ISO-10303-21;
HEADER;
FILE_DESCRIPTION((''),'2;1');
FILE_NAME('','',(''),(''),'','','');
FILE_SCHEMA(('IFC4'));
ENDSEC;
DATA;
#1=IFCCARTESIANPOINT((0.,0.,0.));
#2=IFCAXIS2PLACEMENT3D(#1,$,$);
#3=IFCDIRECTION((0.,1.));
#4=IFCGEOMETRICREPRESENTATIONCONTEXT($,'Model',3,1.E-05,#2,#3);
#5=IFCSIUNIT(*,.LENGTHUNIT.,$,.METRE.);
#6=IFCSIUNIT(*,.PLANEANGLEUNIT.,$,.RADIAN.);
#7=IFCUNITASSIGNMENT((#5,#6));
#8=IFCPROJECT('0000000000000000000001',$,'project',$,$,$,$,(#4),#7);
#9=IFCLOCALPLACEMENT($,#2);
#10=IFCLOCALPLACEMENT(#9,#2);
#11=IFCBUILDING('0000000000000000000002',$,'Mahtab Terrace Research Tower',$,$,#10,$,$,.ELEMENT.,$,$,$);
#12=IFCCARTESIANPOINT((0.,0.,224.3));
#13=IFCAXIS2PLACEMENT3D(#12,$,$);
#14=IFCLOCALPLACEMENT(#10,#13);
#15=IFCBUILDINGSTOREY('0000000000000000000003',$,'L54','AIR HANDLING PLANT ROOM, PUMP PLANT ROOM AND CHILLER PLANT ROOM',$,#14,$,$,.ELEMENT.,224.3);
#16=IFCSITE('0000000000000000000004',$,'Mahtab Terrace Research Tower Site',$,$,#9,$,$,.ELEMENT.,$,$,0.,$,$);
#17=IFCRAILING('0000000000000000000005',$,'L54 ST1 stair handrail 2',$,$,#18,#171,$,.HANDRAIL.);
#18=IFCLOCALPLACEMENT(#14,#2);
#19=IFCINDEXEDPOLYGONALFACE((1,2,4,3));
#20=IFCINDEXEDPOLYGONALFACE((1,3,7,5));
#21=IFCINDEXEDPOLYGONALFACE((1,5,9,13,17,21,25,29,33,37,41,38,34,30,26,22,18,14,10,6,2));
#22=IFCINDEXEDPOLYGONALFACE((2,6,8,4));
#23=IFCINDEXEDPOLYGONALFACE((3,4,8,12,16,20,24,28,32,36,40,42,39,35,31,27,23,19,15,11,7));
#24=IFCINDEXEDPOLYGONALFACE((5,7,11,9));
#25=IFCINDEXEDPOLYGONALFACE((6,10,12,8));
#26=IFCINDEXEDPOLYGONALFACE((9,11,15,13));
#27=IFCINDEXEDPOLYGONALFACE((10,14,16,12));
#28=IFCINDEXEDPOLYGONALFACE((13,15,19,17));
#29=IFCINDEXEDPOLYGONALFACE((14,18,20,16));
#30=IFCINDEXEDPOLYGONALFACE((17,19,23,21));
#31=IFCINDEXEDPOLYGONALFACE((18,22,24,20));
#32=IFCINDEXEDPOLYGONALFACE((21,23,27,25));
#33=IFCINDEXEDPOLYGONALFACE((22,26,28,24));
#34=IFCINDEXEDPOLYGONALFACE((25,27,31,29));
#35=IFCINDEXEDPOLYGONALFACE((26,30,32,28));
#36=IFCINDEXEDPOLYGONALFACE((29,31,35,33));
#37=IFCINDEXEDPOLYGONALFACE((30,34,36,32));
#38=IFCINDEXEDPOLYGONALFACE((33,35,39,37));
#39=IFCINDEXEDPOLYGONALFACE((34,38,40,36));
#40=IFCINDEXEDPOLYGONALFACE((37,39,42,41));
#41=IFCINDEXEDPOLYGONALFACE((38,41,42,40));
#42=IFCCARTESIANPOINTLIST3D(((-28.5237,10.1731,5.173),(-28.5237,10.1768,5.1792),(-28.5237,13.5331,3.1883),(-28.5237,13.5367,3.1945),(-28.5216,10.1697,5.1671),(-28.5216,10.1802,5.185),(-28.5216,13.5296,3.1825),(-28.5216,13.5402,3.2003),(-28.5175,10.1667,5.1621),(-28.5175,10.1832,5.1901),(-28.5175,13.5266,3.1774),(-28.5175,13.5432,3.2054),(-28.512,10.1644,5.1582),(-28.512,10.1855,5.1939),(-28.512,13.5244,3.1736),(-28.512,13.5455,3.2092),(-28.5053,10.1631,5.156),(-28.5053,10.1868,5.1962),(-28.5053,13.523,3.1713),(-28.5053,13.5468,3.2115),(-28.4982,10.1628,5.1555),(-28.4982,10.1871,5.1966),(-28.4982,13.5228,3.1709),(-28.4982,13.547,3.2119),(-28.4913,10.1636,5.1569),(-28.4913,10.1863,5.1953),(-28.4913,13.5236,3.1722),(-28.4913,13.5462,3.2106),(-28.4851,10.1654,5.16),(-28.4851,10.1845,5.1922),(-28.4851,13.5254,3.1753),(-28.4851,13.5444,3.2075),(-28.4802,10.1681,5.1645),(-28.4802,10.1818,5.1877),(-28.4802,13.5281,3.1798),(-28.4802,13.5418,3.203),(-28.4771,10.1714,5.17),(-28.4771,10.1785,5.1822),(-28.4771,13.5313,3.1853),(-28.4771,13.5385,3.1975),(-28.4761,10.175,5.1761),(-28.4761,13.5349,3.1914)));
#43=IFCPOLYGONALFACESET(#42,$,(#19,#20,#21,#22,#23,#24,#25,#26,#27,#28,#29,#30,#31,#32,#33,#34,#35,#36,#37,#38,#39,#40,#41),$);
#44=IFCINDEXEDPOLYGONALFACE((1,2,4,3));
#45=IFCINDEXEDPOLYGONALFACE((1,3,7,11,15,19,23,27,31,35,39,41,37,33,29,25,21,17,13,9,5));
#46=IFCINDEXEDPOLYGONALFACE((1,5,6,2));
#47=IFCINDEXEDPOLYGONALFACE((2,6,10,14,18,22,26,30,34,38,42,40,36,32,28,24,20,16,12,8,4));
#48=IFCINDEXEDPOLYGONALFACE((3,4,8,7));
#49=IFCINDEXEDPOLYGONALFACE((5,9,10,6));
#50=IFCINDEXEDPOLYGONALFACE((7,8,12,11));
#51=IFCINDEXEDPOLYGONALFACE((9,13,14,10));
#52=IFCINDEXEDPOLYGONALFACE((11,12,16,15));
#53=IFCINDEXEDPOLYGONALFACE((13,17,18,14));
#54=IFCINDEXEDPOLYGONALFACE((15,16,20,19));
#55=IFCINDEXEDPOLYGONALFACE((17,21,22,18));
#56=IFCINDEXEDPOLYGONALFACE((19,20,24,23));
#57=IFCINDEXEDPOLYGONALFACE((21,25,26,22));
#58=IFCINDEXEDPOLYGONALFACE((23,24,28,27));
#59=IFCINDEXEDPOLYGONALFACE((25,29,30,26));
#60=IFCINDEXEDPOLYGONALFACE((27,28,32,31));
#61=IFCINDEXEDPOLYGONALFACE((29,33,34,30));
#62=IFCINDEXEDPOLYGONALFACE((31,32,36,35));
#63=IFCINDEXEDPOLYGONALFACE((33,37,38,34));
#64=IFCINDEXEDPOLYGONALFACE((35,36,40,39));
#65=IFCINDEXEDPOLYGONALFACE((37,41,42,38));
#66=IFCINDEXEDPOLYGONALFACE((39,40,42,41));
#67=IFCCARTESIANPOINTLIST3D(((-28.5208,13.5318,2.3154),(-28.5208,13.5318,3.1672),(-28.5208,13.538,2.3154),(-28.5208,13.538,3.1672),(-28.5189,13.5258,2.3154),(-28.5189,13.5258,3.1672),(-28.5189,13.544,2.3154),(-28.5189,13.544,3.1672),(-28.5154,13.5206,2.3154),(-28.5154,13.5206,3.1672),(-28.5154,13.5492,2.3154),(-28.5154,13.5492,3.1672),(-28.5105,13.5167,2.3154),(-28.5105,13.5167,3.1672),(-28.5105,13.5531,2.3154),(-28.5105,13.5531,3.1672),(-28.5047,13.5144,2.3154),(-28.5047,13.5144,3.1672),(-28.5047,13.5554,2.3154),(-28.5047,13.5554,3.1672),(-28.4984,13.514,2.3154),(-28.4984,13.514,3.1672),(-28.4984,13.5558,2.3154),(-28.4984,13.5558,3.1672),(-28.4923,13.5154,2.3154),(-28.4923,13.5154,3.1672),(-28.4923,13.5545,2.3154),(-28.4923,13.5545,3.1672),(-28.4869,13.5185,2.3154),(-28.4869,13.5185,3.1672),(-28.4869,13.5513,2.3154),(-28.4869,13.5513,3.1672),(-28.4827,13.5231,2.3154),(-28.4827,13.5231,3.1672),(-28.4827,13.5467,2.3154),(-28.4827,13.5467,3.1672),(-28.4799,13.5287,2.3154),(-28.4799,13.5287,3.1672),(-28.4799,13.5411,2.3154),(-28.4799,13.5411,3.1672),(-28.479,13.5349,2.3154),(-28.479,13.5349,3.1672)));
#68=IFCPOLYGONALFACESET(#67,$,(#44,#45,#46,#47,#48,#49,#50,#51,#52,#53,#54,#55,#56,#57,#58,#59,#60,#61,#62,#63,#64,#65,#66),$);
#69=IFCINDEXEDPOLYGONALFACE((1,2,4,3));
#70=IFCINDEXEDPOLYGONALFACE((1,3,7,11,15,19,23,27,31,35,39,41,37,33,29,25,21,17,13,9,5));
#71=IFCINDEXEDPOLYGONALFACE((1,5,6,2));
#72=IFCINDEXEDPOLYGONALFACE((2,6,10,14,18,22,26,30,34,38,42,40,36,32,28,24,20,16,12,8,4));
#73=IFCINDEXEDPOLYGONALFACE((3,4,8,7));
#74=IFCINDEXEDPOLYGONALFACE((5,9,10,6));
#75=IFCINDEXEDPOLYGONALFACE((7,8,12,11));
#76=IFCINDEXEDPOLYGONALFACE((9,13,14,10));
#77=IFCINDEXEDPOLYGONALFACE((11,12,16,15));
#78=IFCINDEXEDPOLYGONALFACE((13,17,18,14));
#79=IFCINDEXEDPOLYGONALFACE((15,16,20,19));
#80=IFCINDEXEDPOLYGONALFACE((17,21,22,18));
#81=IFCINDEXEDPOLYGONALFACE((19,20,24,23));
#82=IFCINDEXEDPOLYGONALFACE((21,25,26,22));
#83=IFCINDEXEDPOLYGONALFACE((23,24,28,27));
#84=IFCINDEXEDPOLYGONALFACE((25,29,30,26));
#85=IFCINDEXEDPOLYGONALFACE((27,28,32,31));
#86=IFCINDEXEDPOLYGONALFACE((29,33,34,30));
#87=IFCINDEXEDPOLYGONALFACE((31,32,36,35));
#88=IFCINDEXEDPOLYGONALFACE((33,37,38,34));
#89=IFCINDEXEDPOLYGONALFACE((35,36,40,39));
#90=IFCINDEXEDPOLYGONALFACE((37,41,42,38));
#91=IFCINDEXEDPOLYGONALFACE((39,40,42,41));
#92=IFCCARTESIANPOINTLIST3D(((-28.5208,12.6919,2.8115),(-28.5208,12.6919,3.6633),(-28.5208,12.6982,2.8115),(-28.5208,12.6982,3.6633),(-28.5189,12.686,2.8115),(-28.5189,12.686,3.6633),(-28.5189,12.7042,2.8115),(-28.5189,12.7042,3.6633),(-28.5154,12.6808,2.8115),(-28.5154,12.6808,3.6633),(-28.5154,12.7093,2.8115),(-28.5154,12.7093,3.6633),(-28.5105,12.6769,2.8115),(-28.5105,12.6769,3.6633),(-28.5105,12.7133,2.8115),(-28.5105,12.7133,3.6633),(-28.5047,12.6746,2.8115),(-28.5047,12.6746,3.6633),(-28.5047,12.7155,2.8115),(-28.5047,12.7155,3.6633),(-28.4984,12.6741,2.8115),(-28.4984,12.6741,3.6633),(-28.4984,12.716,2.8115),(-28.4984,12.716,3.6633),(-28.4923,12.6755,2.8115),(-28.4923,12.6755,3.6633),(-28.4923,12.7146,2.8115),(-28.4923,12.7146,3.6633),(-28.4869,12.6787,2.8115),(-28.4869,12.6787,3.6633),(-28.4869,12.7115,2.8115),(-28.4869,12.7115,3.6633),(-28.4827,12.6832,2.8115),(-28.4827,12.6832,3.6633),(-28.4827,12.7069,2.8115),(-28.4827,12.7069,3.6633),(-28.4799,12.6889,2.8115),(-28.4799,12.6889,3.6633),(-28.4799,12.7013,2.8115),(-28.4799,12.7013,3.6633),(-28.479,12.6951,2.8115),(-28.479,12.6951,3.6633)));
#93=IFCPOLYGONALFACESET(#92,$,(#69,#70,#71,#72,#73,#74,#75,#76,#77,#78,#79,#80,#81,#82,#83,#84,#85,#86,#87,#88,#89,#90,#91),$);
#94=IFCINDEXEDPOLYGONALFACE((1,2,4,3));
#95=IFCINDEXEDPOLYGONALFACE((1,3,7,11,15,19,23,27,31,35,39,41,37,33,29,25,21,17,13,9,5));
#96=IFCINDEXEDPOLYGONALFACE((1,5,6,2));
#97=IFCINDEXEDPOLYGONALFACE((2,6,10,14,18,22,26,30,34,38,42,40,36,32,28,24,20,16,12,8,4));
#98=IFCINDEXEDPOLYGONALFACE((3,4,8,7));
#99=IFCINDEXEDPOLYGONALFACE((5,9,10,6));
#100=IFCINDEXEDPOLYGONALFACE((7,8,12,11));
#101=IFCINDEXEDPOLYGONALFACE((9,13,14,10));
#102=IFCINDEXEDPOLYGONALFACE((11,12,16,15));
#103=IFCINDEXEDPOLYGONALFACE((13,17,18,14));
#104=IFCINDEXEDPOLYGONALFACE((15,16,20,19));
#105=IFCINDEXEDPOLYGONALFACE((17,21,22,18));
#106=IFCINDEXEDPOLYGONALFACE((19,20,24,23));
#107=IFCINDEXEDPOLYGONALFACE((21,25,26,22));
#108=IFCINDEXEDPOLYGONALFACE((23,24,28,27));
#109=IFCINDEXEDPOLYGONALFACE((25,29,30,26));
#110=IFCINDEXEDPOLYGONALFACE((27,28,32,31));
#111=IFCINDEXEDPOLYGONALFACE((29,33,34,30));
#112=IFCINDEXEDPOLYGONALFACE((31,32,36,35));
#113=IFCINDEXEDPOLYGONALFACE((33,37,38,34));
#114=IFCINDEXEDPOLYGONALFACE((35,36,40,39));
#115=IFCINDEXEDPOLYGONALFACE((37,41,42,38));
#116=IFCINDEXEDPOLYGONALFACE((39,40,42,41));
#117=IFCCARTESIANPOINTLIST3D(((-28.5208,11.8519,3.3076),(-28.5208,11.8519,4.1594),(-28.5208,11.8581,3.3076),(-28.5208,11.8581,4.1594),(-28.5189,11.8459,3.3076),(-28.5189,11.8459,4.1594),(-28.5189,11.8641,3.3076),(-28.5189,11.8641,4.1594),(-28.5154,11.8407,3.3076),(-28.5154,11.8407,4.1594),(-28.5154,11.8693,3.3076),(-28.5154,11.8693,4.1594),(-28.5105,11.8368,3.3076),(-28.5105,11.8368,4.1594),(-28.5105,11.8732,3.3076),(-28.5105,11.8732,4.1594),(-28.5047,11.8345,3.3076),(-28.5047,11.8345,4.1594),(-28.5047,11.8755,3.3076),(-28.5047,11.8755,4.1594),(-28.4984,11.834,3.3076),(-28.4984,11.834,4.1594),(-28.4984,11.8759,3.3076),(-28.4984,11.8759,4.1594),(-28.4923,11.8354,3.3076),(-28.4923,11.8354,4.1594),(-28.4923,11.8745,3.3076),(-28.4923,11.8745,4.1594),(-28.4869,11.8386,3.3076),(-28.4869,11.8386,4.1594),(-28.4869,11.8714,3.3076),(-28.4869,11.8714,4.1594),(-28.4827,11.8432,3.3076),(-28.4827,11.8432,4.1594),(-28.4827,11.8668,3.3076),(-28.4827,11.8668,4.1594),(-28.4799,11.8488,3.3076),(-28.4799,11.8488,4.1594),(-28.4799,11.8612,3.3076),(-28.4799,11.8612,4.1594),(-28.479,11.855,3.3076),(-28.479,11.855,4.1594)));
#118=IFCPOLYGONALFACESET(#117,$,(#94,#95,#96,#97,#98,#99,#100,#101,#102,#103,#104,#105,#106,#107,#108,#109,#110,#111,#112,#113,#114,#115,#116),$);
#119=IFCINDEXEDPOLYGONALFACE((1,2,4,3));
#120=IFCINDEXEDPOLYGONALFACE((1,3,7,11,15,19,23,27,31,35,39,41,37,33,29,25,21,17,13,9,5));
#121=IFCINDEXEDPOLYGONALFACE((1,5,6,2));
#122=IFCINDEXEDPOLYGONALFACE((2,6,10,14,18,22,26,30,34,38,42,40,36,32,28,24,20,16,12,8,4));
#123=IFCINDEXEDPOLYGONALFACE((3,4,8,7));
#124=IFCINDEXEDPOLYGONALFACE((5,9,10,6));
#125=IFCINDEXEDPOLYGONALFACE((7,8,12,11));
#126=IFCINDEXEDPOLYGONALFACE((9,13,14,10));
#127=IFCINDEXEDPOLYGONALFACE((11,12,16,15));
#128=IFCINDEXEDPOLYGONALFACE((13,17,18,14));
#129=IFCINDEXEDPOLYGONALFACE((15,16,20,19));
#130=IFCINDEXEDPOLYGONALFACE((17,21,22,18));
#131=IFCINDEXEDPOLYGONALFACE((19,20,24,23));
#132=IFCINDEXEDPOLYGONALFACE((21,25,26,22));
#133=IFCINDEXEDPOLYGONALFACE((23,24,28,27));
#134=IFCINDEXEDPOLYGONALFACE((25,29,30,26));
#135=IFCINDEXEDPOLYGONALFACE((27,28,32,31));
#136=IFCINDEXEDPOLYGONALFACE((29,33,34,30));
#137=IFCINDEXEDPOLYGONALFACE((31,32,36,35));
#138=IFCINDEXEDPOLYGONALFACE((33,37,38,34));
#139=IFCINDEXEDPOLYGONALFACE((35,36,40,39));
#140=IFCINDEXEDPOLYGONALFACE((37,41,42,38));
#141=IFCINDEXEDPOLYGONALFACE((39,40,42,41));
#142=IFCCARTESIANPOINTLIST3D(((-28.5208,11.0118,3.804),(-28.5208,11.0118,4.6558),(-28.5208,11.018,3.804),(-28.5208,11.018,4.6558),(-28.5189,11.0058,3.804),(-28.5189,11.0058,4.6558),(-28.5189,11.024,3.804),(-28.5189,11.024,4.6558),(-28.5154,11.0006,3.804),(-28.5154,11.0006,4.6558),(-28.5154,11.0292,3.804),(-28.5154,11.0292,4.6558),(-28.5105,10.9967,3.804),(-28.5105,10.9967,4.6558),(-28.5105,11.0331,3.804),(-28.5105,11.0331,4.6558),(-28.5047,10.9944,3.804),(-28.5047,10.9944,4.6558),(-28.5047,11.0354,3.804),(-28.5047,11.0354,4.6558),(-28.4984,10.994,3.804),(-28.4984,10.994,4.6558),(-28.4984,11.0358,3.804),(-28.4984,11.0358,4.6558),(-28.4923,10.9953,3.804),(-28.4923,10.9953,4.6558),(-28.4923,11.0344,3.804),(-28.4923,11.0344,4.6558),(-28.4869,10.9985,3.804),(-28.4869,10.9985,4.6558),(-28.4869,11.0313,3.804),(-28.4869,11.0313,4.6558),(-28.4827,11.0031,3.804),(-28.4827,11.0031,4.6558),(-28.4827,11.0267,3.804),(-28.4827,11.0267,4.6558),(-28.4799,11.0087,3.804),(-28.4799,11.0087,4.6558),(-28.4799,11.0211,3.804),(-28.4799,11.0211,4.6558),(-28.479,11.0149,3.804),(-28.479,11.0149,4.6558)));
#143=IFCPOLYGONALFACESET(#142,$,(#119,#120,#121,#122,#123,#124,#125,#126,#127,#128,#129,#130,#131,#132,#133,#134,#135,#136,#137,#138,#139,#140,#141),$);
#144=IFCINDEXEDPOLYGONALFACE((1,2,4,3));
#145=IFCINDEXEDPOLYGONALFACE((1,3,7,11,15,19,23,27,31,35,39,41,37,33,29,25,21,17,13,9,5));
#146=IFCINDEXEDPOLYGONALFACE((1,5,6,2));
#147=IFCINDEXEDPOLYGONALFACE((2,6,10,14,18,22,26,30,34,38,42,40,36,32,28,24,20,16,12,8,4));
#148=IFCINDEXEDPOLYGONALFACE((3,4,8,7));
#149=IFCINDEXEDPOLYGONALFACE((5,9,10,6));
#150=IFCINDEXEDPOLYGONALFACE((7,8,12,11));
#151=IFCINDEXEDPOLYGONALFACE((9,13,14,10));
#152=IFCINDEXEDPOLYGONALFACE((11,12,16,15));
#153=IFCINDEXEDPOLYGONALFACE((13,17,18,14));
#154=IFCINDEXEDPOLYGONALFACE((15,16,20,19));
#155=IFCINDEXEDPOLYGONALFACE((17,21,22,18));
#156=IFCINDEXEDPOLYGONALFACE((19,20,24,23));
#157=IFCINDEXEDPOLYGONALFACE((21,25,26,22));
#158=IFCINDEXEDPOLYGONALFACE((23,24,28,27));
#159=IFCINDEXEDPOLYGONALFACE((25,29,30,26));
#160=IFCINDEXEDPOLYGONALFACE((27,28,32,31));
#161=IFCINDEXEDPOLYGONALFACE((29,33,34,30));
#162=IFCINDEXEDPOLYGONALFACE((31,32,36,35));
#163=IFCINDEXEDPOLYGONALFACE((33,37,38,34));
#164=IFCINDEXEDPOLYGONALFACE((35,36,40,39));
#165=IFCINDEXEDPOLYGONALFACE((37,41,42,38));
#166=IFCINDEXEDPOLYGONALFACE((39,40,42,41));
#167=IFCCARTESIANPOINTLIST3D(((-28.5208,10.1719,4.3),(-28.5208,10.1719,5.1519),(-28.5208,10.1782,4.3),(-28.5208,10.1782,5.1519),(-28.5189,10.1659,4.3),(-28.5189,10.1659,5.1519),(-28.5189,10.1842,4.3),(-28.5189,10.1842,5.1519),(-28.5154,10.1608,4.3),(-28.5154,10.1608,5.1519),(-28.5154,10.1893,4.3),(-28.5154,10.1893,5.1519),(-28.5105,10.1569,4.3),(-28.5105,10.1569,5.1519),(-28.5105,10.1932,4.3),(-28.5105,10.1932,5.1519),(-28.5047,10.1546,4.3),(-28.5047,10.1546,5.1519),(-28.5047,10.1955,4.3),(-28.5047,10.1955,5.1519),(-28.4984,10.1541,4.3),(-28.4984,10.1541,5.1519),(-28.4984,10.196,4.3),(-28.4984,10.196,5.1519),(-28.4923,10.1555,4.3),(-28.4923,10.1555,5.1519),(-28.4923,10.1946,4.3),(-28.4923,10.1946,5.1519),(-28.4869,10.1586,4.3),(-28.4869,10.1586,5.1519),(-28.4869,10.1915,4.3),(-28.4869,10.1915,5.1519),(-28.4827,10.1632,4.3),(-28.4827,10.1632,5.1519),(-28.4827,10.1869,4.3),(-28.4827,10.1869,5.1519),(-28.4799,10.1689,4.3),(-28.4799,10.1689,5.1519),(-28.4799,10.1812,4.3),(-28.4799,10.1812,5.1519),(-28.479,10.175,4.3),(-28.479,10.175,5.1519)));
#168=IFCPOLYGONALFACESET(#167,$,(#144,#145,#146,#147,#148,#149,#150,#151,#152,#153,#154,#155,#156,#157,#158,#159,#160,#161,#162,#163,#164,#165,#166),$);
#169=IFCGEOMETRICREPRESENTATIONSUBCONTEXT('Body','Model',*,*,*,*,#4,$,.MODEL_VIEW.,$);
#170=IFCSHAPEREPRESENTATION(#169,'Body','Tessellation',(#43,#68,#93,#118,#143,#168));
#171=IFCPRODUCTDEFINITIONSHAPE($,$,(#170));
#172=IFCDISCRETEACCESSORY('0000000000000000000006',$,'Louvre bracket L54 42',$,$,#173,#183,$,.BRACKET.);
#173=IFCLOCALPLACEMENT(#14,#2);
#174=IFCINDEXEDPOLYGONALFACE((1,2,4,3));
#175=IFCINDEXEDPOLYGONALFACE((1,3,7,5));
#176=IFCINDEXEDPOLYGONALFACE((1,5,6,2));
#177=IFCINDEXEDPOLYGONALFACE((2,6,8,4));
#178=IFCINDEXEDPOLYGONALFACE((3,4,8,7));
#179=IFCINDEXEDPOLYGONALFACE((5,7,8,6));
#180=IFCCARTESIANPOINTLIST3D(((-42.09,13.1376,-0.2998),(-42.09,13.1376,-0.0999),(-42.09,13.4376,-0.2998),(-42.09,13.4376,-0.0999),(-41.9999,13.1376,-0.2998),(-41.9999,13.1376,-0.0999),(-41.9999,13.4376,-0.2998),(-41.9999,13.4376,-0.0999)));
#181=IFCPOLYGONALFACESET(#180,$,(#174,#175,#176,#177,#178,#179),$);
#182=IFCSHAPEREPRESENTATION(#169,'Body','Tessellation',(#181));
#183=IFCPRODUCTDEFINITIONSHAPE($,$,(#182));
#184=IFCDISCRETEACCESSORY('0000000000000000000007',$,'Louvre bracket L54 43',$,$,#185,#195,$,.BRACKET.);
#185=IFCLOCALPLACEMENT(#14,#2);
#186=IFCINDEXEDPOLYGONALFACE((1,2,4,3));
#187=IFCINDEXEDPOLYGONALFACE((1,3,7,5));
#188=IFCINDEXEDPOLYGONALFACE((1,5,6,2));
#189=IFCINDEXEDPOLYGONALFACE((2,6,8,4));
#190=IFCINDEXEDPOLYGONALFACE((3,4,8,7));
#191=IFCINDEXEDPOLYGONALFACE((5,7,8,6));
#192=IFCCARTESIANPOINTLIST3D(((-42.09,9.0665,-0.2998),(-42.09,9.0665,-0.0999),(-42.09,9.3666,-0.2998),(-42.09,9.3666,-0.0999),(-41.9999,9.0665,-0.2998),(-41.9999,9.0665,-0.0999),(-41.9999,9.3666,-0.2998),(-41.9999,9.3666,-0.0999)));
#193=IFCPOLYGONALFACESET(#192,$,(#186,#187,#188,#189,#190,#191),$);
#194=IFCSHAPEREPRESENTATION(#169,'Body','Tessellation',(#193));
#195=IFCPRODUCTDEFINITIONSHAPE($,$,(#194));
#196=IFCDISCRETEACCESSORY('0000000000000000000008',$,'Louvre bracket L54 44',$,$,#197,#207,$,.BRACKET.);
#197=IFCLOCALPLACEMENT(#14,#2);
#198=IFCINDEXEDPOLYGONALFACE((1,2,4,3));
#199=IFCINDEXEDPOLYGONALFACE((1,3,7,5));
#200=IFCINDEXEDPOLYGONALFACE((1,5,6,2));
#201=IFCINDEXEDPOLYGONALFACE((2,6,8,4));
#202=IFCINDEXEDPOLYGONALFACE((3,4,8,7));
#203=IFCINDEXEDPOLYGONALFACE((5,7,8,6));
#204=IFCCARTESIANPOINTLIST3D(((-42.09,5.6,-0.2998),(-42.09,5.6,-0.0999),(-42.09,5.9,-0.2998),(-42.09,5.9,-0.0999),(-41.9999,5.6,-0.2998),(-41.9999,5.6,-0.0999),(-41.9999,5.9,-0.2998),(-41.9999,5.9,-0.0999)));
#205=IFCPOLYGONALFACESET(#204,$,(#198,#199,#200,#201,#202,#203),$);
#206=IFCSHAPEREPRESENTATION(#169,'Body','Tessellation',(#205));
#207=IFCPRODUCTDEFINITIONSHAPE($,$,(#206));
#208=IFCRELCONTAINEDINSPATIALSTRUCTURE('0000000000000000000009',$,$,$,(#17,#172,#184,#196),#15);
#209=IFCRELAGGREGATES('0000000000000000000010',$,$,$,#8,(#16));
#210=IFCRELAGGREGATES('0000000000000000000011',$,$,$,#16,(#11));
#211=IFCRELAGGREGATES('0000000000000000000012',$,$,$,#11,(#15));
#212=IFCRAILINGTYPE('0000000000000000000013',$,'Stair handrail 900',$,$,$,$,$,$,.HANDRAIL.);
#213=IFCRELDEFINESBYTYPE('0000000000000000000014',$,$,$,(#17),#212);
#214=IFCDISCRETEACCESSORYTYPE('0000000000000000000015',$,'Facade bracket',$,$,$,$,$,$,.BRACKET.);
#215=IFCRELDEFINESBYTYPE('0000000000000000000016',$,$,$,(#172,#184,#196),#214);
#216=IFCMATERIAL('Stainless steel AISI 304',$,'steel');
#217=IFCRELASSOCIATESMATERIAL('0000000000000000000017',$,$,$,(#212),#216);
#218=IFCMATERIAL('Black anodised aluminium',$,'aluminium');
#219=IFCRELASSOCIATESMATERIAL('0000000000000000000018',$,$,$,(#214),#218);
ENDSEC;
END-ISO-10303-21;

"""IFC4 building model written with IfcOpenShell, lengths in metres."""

from ifc_helpers import new_model, si_unit, direction, frame, origin, origin_2d, place, context, subcontext, project, spatial, rectangle, circle, extrude, material, type_object, element, save


model = new_model("IFC4")

# Units and contexts
model_context = context("Model", 3, precision=1e-05, world=origin(), true_north=direction((0.0, 1.0)))
body_context = subcontext(model_context, "Body", "Model", "MODEL_VIEW")
ifc_project = project(units=[si_unit("LENGTHUNIT", "METRE"), si_unit("PLANEANGLEUNIT", "RADIAN")], contexts=[model_context])

# Site, building, storey
site_placement = place(None, origin())
site = spatial("IfcSite", under=ifc_project, at=site_placement, Name="Mahtab Terrace Research Tower Site", CompositionType="ELEMENT", RefElevation=0.0)
building_placement = place(site_placement, origin())
building = spatial("IfcBuilding", under=site, at=building_placement, Name="Mahtab Terrace Research Tower", CompositionType="ELEMENT")
storey_placement = place(building_placement, frame((0.0, 0.0, 224.3)))
storey = spatial("IfcBuildingStorey", under=building, at=storey_placement, Name="L54", Description="AIR HANDLING PLANT ROOM, PUMP PLANT ROOM AND CHILLER PLANT ROOM", CompositionType="ELEMENT", Elevation=224.3)

# Railing
ifc_material_1 = material(Name="Stainless steel AISI 304", Category="steel")
railing_type_1 = type_object("IfcRailingType", Name="Stair handrail 900", PredefinedType="HANDRAIL", material=ifc_material_1)
railing_1_placement = place(storey_placement, frame((-28.5, 13.5349, 2.3154)))
element("IfcRailing", 1, at=railing_1_placement, inside=storey, type_object=railing_type_1, Name="L54 ST1 stair handrail 2", PredefinedType="HANDRAIL", context=body_context, shape_type="SweptSolid", body=[
    extrude(circle(Radius=0.0239, at=origin_2d()), frame((0.0, 0.0, 0.876), z_axis=(0.0, -0.861011, 0.508586), x_axis=(1.0, 0.0, 0.0)), (0.0, 0.0, 1.0), 3.9023),
    extrude(circle(Radius=0.021, at=origin_2d()), origin(), (0.0, 0.0, 1.0), 0.8518),
    extrude(circle(Radius=0.021, at=origin_2d()), frame((0.0, -0.8398, 0.4961)), (0.0, 0.0, 1.0), 0.8518),
    extrude(circle(Radius=0.021, at=origin_2d()), frame((0.0, -1.6799, 0.9922)), (0.0, 0.0, 1.0), 0.8518),
    extrude(circle(Radius=0.021, at=origin_2d()), frame((0.0, -2.52, 1.4885)), (0.0, 0.0, 1.0), 0.8518),
    extrude(circle(Radius=0.021, at=origin_2d()), frame((0.0, -3.3599, 1.9846)), (0.0, 0.0, 1.0), 0.8518),
])

# Discrete accessories
ifc_material_2 = material(Name="Black anodised aluminium", Category="aluminium")
discrete_accessory_type_1 = type_object("IfcDiscreteAccessoryType", Name="Facade bracket", PredefinedType="BRACKET", material=ifc_material_2)
for number, where, z_axis, x_axis, name in (
    (2, (-42.0449, 13.2876, -0.2998), (0.0, 0.0, 1.0), (0.0, -1.0, 0.0), "Louvre bracket L54 42"),
    (3, (-42.0449, 9.2166, -0.2998), (0.0, 0.0, 1.0), (0.0, -1.0, 0.0), "Louvre bracket L54 43"),
    (4, (-42.0449, 5.75, -0.2998), (0.0, 0.0, 1.0), (0.0, -1.0, 0.0), "Louvre bracket L54 44"),
):
    element("IfcDiscreteAccessory", number, at=place(storey_placement, frame(where, z_axis=z_axis, x_axis=x_axis)), inside=storey, type_object=discrete_accessory_type_1, Name=name, PredefinedType="BRACKET", context=body_context, shape_type="SweptSolid", body=[
        extrude(rectangle(XDim=0.3, YDim=0.0901, at=origin_2d()), origin(), (0.0, 0.0, 1.0), 0.2),
    ])

save(model, "model.ifc")
